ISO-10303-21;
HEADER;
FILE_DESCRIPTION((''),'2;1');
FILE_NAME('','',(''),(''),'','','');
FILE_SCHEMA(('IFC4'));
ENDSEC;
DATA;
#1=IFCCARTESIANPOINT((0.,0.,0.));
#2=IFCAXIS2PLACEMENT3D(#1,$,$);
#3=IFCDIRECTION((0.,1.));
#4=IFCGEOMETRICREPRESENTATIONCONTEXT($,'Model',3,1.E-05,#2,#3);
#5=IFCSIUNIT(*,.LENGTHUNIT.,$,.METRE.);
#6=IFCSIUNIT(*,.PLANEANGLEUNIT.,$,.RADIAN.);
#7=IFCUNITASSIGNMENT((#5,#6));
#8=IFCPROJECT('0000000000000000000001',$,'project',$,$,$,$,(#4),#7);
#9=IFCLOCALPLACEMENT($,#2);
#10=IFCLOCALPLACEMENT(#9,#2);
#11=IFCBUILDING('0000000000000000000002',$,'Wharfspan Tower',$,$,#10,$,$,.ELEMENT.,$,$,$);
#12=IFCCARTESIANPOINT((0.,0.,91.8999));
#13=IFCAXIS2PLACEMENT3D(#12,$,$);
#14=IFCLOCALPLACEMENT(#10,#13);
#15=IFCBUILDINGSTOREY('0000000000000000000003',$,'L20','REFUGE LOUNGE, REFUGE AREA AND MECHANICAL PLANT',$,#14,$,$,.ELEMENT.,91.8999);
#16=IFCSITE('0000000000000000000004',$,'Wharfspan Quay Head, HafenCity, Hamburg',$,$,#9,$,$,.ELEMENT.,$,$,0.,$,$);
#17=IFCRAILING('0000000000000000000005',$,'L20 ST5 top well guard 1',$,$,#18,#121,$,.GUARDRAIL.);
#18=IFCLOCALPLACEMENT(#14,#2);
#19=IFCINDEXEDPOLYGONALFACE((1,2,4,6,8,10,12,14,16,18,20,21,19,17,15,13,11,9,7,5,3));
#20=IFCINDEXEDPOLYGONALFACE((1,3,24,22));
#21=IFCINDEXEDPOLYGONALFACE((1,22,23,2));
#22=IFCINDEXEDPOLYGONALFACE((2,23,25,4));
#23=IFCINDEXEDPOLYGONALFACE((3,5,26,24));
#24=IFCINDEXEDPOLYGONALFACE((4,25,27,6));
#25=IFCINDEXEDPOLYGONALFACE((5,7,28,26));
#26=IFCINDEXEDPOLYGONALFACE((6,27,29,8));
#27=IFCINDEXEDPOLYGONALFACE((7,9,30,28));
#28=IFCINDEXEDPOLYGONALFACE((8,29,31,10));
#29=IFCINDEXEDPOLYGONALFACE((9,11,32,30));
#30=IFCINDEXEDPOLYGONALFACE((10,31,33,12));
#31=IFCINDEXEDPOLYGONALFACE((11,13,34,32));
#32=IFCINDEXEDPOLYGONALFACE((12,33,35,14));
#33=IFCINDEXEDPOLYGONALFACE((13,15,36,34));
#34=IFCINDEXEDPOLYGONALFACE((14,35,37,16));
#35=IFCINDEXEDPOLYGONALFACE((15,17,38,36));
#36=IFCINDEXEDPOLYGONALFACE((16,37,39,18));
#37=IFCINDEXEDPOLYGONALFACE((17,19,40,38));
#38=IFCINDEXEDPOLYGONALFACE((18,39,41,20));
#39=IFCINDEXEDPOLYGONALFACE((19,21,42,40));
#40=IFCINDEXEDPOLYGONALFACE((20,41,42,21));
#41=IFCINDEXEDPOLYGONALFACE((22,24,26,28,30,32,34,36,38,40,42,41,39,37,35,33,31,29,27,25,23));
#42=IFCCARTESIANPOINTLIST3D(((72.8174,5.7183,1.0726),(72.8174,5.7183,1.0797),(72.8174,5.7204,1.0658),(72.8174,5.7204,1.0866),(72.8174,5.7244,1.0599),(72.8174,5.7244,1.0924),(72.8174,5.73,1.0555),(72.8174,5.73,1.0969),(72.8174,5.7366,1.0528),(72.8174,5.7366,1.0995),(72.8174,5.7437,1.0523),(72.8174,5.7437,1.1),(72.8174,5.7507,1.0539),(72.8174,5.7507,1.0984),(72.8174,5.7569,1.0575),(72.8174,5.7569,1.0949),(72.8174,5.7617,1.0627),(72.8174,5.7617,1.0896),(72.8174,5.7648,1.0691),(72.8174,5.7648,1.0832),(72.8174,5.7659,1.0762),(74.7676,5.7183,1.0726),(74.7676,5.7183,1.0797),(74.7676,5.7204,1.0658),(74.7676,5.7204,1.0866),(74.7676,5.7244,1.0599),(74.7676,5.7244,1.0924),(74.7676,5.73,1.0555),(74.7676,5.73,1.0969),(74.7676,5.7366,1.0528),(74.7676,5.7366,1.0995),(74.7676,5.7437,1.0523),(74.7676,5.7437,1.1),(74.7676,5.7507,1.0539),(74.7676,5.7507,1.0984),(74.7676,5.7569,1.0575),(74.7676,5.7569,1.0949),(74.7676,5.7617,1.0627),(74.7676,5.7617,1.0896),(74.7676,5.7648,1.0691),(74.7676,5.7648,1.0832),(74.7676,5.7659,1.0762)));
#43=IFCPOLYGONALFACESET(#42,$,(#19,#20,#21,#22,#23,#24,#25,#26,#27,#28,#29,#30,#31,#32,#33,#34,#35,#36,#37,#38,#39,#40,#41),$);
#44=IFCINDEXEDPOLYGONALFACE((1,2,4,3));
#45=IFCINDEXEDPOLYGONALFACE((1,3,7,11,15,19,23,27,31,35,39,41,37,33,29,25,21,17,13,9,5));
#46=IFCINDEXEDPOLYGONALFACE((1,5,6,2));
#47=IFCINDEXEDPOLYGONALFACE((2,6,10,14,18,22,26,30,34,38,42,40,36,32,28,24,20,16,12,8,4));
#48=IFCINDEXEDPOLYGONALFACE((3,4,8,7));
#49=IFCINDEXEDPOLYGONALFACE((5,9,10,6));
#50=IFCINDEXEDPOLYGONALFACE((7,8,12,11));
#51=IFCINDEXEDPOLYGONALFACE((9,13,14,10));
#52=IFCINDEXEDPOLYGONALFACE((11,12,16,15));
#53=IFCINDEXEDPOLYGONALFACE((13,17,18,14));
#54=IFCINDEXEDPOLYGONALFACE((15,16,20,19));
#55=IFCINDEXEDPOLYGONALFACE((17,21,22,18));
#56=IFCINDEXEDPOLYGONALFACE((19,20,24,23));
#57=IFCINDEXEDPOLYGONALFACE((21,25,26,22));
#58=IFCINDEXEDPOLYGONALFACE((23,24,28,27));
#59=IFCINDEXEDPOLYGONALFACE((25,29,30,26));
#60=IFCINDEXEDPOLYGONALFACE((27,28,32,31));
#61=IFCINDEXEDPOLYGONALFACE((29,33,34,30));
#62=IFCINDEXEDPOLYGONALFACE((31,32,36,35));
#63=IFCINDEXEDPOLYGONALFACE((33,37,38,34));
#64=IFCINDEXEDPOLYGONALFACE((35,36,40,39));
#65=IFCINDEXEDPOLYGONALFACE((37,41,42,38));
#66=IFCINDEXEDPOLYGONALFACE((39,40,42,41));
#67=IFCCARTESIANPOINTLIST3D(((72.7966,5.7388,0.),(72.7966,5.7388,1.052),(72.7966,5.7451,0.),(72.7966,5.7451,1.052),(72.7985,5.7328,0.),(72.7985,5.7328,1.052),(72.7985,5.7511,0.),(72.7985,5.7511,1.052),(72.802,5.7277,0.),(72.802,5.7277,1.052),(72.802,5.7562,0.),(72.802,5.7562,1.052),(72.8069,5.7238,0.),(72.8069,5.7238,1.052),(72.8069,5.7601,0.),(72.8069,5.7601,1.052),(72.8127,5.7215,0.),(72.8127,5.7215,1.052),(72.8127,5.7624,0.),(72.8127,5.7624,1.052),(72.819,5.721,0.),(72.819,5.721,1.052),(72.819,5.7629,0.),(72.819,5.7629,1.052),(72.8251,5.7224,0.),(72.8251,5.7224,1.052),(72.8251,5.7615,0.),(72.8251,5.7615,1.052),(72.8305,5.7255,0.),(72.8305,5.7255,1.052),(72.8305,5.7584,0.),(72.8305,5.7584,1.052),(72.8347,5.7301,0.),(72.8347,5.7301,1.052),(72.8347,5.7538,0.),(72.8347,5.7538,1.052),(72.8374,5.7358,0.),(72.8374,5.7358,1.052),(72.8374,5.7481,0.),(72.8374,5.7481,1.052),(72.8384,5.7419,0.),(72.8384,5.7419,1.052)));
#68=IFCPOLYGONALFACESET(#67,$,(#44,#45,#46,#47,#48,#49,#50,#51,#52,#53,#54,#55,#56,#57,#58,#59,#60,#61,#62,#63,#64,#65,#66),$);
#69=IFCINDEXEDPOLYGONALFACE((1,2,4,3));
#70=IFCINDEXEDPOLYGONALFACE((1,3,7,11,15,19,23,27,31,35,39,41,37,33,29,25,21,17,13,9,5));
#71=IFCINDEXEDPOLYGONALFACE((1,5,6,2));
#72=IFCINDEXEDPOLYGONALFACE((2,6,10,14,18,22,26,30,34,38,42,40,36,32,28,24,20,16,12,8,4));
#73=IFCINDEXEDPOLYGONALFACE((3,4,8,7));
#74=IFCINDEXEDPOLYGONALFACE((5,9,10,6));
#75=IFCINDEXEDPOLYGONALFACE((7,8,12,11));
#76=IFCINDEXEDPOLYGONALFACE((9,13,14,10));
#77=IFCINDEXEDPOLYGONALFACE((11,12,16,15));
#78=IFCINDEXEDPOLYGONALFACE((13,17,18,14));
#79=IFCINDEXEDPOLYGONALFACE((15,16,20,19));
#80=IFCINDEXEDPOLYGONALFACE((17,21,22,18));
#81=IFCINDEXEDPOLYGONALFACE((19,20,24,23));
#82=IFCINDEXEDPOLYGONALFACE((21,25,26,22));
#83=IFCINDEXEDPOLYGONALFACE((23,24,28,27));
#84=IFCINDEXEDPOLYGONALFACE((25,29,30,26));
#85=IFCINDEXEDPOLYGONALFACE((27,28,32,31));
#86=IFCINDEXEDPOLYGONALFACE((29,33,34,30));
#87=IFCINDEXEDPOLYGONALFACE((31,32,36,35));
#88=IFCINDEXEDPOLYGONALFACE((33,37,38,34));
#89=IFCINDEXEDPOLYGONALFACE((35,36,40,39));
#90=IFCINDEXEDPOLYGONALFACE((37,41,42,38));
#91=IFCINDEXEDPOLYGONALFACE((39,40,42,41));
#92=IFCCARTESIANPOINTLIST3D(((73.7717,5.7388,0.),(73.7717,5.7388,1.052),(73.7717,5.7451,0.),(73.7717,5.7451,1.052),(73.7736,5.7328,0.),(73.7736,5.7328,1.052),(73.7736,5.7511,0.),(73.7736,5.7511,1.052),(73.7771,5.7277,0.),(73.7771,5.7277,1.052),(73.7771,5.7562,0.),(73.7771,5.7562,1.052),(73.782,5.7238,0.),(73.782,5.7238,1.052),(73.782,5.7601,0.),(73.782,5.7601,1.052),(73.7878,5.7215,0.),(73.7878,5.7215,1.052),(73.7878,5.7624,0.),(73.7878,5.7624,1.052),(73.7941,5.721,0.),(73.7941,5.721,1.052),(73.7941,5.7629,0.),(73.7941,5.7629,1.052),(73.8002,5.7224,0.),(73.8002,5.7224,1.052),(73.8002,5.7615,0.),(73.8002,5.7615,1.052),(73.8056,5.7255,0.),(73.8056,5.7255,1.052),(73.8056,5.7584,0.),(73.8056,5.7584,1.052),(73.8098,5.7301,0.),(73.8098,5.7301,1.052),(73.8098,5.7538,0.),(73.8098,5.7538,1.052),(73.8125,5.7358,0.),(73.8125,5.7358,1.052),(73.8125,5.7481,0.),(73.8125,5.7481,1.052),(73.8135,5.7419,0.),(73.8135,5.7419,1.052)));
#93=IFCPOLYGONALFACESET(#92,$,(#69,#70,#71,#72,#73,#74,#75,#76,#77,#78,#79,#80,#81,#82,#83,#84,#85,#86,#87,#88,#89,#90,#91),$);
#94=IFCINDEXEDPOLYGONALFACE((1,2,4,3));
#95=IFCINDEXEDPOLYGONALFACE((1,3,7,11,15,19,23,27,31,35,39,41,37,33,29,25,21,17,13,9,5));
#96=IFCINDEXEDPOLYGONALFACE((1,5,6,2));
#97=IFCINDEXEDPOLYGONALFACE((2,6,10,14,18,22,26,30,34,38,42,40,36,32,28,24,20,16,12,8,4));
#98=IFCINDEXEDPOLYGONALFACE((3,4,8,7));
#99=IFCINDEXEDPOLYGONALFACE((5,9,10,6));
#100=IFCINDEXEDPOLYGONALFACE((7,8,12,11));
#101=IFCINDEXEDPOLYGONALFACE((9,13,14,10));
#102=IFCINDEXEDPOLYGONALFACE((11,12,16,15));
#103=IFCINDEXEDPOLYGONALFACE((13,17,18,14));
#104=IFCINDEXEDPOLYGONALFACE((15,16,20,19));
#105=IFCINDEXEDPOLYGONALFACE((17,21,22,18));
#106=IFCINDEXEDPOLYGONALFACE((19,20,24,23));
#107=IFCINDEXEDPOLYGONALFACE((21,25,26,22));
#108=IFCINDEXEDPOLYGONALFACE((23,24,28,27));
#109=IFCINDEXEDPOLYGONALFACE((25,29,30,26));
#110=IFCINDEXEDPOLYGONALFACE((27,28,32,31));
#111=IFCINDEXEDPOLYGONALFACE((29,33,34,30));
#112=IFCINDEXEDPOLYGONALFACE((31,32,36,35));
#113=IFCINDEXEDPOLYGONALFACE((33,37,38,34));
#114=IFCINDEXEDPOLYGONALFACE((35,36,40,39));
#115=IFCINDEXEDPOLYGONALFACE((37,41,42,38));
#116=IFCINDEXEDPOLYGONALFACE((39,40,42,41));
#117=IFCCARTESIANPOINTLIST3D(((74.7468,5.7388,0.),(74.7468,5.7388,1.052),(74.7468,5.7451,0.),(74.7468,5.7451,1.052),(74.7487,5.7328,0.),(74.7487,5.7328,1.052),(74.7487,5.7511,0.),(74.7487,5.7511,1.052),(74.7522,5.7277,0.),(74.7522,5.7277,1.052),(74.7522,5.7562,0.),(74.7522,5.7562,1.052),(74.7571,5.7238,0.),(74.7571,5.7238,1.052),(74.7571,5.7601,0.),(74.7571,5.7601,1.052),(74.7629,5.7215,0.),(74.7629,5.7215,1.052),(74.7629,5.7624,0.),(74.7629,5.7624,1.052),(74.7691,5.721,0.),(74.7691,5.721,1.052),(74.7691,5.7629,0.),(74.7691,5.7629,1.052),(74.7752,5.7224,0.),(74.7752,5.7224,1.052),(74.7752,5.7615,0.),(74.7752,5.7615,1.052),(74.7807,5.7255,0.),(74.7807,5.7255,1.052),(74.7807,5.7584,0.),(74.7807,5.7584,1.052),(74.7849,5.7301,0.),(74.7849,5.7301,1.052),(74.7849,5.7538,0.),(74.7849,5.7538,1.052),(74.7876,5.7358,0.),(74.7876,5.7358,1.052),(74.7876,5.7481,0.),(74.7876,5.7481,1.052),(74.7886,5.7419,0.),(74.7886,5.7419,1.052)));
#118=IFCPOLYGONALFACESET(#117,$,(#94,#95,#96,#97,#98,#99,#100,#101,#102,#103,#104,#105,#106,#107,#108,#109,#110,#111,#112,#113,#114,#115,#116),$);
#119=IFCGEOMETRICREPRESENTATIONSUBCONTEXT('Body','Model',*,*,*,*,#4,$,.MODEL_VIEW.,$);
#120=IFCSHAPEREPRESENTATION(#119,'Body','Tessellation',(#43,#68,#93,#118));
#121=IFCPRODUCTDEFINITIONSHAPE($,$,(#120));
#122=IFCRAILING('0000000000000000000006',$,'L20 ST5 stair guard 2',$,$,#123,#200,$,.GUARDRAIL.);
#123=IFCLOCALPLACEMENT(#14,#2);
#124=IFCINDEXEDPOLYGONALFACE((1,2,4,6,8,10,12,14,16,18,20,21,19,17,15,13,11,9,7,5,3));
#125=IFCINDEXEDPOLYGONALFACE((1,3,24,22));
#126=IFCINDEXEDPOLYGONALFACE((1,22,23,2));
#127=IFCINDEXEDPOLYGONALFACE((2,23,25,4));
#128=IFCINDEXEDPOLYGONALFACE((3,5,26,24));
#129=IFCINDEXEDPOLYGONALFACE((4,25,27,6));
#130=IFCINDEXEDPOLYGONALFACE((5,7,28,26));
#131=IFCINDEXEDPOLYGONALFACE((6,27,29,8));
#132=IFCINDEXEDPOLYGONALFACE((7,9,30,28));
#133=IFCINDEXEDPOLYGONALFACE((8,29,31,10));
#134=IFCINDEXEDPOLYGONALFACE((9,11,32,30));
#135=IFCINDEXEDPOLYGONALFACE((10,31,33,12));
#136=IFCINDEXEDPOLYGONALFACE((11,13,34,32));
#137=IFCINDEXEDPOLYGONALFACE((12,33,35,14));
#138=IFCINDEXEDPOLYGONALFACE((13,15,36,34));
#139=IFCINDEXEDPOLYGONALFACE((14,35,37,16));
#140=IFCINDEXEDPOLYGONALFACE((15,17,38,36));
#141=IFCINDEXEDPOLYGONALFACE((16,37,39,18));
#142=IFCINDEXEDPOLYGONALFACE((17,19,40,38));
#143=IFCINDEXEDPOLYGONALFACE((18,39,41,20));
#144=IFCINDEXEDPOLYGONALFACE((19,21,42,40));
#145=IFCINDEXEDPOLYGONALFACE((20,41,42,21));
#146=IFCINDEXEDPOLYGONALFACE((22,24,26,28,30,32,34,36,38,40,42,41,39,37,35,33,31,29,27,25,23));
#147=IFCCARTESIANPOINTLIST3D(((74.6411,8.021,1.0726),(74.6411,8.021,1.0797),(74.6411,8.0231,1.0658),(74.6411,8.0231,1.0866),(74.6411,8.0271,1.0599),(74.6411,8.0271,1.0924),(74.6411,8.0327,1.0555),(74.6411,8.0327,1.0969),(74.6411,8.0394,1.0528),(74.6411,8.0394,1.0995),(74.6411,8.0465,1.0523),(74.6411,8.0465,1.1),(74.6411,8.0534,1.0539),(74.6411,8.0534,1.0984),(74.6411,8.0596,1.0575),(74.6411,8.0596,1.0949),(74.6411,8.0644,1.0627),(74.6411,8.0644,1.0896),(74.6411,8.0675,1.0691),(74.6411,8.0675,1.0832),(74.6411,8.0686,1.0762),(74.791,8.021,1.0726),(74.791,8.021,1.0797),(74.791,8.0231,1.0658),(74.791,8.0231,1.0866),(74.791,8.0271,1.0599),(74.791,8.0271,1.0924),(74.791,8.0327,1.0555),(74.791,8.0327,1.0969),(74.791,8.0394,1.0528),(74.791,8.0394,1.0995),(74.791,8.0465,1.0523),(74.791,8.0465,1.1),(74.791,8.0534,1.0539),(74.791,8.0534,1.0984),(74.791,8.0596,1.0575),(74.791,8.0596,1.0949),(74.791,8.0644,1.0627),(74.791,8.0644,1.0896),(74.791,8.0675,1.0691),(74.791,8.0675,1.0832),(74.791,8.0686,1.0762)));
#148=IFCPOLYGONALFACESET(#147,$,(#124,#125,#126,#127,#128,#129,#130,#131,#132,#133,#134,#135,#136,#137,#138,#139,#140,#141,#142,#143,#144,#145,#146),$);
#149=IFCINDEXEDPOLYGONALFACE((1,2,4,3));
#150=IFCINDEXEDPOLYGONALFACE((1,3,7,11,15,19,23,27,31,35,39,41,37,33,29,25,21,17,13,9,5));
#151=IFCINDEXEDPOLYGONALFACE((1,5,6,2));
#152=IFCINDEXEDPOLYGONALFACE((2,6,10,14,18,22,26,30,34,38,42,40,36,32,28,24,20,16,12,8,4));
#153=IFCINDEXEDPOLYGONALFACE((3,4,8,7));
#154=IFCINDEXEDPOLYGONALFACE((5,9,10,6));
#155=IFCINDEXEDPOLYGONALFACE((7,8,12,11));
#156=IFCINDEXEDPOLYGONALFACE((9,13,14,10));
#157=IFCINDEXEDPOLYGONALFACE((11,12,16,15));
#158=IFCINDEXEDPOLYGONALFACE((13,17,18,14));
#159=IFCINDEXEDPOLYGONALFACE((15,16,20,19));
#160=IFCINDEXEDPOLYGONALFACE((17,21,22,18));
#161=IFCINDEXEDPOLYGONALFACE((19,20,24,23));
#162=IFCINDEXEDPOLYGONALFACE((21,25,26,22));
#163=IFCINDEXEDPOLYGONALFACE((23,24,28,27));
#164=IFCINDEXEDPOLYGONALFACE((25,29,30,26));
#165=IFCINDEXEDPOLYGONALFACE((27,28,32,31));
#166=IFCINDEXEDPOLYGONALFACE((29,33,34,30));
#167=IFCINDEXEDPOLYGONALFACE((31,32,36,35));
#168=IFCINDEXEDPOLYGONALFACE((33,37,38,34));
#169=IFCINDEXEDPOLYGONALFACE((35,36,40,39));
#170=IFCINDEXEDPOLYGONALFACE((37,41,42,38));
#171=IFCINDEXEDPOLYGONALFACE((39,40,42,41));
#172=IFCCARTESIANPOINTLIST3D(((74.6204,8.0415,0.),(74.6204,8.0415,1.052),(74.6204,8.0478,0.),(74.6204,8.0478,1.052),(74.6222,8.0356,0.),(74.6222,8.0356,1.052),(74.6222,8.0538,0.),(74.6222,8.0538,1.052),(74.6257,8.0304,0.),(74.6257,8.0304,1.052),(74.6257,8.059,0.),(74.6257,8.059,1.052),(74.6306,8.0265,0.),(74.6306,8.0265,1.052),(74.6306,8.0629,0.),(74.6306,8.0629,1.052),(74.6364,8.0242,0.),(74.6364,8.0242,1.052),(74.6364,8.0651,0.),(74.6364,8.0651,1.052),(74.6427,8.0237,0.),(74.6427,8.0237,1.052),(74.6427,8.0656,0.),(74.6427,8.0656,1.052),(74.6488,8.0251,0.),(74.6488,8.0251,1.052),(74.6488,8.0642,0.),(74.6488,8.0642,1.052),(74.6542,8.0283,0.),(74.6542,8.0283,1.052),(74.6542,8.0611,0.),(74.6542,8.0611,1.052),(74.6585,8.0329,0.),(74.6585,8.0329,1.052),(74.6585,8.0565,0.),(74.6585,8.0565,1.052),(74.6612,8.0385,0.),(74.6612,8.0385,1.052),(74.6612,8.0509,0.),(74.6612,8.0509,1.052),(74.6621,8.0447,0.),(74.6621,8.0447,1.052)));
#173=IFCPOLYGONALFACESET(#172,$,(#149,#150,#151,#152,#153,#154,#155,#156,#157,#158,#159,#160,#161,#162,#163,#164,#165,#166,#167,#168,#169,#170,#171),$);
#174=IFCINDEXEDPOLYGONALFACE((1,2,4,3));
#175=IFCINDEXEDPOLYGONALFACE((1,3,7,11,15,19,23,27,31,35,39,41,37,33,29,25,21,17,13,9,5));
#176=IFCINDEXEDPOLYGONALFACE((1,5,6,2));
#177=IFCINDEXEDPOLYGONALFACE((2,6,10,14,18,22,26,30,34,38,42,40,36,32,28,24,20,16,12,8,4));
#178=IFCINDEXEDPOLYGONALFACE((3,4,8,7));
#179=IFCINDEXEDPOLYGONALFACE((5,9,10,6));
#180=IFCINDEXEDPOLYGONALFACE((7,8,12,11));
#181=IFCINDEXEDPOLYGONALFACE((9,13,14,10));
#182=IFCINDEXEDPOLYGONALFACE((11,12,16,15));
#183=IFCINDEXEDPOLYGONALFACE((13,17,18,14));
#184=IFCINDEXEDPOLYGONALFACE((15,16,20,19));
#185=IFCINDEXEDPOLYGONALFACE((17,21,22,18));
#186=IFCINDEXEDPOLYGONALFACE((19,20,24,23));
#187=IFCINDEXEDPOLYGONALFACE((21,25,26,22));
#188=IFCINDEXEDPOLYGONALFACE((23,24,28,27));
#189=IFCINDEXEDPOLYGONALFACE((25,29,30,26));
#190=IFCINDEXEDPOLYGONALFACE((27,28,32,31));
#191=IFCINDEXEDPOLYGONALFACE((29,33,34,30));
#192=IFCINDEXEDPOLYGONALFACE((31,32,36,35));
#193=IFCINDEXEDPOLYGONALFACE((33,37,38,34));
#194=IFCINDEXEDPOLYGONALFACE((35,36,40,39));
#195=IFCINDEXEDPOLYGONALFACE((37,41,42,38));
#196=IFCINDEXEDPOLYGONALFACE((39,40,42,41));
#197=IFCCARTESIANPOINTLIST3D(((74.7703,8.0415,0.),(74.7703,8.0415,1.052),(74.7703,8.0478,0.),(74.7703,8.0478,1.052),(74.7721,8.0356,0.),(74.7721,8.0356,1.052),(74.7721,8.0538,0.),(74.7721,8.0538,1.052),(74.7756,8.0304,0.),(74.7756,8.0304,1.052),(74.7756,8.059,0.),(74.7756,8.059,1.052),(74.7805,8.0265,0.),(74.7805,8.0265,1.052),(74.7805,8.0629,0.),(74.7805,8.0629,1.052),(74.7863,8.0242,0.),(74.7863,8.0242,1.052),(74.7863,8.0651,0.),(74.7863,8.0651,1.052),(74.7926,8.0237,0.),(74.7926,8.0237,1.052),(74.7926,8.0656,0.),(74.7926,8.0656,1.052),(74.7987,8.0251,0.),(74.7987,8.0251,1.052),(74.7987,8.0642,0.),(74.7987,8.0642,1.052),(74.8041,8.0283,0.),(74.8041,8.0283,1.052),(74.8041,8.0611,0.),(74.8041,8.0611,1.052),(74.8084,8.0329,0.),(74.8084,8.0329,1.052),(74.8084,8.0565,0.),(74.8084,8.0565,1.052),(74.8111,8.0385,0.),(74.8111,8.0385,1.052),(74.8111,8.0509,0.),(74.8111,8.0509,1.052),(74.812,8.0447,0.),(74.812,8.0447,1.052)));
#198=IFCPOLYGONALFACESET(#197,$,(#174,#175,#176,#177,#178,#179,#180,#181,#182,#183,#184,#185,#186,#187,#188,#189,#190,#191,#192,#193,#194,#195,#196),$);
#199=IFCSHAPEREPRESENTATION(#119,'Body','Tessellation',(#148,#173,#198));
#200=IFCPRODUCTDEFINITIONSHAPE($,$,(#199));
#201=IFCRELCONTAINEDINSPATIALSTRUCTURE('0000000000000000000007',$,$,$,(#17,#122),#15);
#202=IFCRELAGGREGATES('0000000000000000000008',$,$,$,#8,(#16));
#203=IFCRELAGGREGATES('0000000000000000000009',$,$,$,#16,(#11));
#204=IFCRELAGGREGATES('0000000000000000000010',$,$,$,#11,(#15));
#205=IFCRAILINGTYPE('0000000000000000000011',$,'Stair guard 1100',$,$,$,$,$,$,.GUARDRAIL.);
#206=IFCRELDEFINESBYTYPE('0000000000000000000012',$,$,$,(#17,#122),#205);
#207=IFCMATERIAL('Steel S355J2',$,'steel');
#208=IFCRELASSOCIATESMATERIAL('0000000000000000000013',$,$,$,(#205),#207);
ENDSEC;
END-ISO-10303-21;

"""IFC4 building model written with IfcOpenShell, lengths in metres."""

from ifc_helpers import new_model, si_unit, direction, frame, origin, origin_2d, place, context, subcontext, project, spatial, circle, extrude, material, type_object, element, save


model = new_model("IFC4")

# Units and contexts
model_context = context("Model", 3, precision=1e-05, world=origin(), true_north=direction((0.0, 1.0)))
body_context = subcontext(model_context, "Body", "Model", "MODEL_VIEW")
ifc_project = project(units=[si_unit("LENGTHUNIT", "METRE"), si_unit("PLANEANGLEUNIT", "RADIAN")], contexts=[model_context])

# Site, building, storey
site_placement = place(None, origin())
site = spatial("IfcSite", under=ifc_project, at=site_placement, Name="Wharfspan Quay Head, HafenCity, Hamburg", CompositionType="ELEMENT", RefElevation=0.0)
building_placement = place(site_placement, origin())
building = spatial("IfcBuilding", under=site, at=building_placement, Name="Wharfspan Tower", CompositionType="ELEMENT")
storey_placement = place(building_placement, frame((0.0, 0.0, 91.8999)))
storey = spatial("IfcBuildingStorey", under=building, at=storey_placement, Name="L20", Description="REFUGE LOUNGE, REFUGE AREA AND MECHANICAL PLANT", CompositionType="ELEMENT", Elevation=91.8999)

# Shared definitions
ifc_material_1 = material(Name="Steel S355J2", Category="steel")

# Railings
railing_type_1 = type_object("IfcRailingType", Name="Stair guard 1100", PredefinedType="GUARDRAIL", material=ifc_material_1)
railing_1_placement = place(storey_placement, frame((72.8174, 5.7419, 0.0)))
element("IfcRailing", 1, at=railing_1_placement, inside=storey, type_object=railing_type_1, Name="L20 ST5 top well guard 1", PredefinedType="GUARDRAIL", context=body_context, shape_type="SweptSolid", body=[
    extrude(circle(Radius=0.0239, at=origin_2d()), frame((0.0, 0.0, 1.0762), z_axis=(1.0, 0.0, 0.0), x_axis=(0.0, 1.0, 0.0)), (0.0, 0.0, 1.0), 1.9502),
    extrude(circle(Radius=0.021, at=origin_2d()), origin(), (0.0, 0.0, 1.0), 1.052),
    extrude(circle(Radius=0.021, at=origin_2d()), frame((0.9751, 0.0, 0.0)), (0.0, 0.0, 1.0), 1.052),
    extrude(circle(Radius=0.021, at=origin_2d()), frame((1.9502, 0.0, 0.0)), (0.0, 0.0, 1.0), 1.052),
])
railing_2_placement = place(storey_placement, frame((74.6411, 8.0447, 0.0)))
element("IfcRailing", 2, at=railing_2_placement, inside=storey, type_object=railing_type_1, Name="L20 ST5 stair guard 2", PredefinedType="GUARDRAIL", context=body_context, shape_type="SweptSolid", body=[
    extrude(circle(Radius=0.0239, at=origin_2d()), frame((0.0, 0.0, 1.0762), z_axis=(1.0, 0.0, 0.0), x_axis=(0.0, 1.0, 0.0)), (0.0, 0.0, 1.0), 0.1499),
    extrude(circle(Radius=0.021, at=origin_2d()), origin(), (0.0, 0.0, 1.0), 1.052),
    extrude(circle(Radius=0.021, at=origin_2d()), frame((0.1499, 0.0, 0.0)), (0.0, 0.0, 1.0), 1.052),
])

save(model, "model.ifc")
